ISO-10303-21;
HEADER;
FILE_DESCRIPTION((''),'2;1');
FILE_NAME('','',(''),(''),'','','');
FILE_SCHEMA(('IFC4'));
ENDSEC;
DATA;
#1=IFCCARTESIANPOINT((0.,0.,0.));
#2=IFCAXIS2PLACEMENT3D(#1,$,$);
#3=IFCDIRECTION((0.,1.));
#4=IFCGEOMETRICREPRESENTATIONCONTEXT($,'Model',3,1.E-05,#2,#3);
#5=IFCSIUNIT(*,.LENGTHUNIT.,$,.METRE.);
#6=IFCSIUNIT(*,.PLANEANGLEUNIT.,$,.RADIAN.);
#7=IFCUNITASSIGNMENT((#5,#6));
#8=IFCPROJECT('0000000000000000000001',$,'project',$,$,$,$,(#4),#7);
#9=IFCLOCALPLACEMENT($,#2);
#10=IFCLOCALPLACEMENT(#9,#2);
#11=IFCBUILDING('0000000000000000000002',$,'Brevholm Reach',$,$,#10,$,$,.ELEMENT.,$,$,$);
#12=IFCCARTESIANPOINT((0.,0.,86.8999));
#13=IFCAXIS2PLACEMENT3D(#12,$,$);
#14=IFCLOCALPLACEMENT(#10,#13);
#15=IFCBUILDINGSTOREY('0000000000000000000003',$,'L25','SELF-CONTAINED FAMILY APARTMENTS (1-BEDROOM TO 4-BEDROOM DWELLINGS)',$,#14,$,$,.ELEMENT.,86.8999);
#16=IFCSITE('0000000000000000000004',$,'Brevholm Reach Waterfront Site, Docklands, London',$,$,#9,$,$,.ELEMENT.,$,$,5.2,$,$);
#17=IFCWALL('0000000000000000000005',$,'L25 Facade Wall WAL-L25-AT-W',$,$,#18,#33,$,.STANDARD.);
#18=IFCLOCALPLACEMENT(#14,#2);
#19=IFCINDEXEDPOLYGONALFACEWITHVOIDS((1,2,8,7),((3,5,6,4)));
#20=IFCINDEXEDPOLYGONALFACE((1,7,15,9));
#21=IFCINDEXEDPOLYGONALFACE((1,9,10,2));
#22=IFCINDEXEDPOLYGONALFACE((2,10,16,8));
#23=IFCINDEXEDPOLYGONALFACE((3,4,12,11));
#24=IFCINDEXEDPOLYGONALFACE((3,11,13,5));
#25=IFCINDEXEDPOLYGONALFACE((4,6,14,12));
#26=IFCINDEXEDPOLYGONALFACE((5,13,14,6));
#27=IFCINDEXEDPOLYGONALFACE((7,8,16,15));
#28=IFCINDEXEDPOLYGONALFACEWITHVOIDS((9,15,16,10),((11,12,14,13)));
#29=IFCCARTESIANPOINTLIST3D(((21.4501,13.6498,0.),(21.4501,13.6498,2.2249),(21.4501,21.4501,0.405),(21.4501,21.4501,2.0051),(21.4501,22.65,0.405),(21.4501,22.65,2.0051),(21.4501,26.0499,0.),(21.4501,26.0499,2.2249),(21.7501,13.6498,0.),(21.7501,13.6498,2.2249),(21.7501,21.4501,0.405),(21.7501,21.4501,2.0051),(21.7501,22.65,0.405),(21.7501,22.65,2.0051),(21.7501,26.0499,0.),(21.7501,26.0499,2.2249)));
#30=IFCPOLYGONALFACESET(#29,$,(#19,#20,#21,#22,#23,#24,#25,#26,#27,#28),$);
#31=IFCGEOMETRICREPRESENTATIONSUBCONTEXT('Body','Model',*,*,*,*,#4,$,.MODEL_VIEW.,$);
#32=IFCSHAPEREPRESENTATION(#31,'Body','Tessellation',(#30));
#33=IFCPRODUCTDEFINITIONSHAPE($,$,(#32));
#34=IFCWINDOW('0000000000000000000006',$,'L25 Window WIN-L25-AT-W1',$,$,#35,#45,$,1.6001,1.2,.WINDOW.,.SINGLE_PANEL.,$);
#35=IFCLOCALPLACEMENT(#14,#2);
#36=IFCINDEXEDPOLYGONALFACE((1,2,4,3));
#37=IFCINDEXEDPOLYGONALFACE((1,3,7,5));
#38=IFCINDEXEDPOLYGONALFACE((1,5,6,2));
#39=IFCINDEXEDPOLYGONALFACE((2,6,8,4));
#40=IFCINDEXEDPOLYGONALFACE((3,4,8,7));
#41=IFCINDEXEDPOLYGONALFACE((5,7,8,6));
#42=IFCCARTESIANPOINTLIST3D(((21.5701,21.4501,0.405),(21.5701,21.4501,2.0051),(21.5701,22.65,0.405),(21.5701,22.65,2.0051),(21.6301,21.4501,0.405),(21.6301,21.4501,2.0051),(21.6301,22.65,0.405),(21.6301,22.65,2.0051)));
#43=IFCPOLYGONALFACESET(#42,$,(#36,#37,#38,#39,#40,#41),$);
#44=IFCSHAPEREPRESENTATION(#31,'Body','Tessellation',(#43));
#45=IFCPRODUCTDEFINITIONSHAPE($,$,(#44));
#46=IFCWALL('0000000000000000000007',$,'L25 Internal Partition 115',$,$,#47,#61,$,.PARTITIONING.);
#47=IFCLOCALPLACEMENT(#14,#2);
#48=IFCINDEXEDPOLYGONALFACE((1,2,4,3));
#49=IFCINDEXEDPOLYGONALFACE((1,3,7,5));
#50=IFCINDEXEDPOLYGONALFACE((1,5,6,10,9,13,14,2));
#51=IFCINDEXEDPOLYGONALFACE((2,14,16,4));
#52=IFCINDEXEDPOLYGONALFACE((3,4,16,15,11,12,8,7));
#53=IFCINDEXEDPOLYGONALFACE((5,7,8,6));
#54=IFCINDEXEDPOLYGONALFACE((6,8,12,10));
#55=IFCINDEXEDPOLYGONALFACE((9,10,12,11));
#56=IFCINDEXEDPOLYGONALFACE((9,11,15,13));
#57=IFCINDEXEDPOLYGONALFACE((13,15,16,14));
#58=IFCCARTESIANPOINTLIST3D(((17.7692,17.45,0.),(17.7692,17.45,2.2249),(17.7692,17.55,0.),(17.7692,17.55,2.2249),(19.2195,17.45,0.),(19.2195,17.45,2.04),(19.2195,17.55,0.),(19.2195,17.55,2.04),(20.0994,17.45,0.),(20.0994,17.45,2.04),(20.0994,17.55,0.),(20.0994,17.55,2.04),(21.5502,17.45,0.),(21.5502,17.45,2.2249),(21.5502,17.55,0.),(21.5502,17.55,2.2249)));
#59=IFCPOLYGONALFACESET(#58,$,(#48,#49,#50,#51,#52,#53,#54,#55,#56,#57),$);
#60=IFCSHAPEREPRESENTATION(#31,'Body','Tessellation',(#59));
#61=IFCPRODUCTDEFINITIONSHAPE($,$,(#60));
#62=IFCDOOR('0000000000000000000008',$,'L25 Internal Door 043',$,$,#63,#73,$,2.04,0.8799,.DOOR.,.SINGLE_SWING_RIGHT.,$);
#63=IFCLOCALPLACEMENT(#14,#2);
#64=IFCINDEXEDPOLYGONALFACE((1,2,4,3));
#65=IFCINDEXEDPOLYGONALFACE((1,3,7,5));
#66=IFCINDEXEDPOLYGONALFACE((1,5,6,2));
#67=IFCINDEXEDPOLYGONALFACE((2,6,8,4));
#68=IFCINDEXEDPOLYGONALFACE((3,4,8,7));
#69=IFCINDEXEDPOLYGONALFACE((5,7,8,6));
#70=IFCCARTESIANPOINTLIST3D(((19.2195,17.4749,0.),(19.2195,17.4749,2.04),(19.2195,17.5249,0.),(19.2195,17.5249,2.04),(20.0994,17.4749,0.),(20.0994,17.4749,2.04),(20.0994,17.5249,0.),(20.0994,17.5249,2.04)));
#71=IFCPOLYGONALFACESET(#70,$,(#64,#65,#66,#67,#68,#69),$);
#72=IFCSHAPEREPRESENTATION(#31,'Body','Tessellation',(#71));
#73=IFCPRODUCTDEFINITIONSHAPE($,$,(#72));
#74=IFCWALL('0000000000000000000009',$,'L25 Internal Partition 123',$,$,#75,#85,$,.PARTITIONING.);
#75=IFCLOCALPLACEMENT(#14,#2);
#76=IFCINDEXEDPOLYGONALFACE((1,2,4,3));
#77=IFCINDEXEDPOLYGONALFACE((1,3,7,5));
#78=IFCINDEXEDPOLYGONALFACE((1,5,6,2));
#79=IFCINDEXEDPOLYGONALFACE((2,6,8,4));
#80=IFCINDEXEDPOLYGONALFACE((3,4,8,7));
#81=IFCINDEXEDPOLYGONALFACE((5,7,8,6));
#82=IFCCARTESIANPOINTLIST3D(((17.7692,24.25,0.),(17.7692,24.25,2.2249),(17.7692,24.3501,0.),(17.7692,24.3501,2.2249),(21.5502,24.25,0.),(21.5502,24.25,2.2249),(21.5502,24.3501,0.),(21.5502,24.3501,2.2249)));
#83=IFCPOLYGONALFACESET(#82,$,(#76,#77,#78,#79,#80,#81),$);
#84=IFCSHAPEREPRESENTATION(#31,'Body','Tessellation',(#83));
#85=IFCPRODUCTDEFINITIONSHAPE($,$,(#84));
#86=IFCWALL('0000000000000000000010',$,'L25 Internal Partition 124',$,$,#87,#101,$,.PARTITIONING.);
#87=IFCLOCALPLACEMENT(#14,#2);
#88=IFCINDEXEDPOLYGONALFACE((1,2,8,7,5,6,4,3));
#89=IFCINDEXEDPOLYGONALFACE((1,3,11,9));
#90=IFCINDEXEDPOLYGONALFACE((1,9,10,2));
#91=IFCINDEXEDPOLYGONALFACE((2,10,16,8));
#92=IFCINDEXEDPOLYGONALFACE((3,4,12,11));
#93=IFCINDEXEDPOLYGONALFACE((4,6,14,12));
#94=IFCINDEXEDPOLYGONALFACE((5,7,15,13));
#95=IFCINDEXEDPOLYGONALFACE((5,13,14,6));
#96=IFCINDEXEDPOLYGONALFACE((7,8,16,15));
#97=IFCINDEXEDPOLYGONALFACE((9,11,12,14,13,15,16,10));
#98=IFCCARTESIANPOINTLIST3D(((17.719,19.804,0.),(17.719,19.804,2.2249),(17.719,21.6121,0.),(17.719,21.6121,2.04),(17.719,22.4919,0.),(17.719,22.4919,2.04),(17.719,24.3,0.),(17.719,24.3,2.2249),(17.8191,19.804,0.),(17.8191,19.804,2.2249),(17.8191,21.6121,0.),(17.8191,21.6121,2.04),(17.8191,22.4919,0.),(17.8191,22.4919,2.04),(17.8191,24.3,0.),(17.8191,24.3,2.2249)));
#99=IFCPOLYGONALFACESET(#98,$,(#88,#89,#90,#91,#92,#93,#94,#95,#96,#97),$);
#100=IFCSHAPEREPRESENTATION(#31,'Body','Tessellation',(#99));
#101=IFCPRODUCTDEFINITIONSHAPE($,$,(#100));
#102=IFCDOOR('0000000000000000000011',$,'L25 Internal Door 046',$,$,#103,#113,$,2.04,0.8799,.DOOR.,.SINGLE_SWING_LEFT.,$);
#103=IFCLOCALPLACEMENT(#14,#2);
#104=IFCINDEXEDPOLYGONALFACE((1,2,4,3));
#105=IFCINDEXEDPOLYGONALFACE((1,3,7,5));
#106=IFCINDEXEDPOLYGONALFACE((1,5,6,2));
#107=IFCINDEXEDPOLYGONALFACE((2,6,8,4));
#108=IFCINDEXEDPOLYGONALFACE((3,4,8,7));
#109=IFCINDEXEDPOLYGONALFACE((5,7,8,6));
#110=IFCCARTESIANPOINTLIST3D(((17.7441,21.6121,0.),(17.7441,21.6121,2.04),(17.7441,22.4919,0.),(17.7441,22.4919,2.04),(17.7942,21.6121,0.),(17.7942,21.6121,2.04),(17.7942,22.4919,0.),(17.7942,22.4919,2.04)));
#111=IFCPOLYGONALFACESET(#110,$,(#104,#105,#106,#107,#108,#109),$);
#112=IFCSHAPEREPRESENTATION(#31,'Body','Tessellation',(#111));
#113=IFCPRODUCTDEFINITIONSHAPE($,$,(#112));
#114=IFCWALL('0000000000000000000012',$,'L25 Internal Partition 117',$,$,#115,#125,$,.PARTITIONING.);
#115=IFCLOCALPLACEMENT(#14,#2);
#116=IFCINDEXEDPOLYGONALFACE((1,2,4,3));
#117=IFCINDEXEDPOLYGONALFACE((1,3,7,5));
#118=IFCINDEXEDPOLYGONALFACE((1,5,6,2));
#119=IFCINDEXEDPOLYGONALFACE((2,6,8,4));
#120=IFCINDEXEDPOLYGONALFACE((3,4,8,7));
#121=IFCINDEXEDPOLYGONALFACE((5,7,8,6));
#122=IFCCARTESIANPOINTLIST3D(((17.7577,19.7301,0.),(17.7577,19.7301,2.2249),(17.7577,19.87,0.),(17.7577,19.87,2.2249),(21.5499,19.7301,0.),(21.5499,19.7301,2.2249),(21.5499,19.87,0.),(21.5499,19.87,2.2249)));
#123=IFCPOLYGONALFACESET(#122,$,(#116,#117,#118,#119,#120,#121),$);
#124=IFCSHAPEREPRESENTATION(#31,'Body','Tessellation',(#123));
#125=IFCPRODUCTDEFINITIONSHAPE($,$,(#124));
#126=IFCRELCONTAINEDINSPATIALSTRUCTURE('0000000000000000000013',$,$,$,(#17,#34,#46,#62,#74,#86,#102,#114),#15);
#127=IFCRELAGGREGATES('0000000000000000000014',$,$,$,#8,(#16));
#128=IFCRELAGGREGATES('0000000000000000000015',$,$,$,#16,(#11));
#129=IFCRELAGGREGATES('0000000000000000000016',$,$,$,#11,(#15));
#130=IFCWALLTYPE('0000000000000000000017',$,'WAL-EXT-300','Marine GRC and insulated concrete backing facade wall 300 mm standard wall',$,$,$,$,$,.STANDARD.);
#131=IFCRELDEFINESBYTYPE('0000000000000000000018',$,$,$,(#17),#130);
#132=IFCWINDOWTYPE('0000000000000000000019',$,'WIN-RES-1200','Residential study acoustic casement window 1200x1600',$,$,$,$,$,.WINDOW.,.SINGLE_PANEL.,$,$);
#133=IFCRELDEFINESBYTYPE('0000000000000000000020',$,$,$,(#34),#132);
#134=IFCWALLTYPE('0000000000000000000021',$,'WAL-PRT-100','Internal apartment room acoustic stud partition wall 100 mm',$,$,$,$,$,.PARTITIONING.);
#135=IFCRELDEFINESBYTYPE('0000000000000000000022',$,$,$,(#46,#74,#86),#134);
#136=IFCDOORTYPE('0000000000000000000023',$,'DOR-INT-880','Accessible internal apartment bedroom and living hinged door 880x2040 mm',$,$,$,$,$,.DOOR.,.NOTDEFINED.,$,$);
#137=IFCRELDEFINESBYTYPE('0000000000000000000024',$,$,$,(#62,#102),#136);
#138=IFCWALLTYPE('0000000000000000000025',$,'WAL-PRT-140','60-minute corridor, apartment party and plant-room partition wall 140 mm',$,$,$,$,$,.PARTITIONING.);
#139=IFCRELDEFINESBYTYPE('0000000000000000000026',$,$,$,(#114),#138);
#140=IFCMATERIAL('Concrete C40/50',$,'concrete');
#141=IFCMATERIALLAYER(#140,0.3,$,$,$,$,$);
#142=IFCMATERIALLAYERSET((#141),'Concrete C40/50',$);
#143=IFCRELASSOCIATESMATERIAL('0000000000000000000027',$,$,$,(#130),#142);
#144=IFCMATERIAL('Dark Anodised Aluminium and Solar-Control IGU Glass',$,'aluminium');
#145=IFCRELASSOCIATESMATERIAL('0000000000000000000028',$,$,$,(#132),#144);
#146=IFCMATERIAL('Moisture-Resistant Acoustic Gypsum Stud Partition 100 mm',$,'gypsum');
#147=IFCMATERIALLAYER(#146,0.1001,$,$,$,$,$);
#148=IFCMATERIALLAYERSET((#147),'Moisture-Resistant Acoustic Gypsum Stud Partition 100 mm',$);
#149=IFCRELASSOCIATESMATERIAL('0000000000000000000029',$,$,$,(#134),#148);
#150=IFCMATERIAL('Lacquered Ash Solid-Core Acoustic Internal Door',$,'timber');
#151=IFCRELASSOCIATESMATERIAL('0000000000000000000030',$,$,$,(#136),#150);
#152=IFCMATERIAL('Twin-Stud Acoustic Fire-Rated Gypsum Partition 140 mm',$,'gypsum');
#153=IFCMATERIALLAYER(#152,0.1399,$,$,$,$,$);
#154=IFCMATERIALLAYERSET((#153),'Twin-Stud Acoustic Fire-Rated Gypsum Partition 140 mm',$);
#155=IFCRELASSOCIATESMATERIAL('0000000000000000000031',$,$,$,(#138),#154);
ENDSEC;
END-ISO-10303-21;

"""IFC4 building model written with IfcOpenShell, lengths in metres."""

from ifc_helpers import new_model, si_unit, direction, frame, frame_2d, origin, place, context, subcontext, project, spatial, rectangle, extrude, material, layer, layer_set, type_object, element, fill, save


model = new_model("IFC4")

# Units and contexts
model_context = context("Model", 3, precision=1e-05, world=origin(), true_north=direction((0.0, 1.0)))
body_context = subcontext(model_context, "Body", "Model", "MODEL_VIEW")
ifc_project = project(units=[si_unit("LENGTHUNIT", "METRE"), si_unit("PLANEANGLEUNIT", "RADIAN")], contexts=[model_context])

# Site, building, storey
site_placement = place(None, origin())
site = spatial("IfcSite", under=ifc_project, at=site_placement, Name="Brevholm Reach Waterfront Site, Docklands, London", CompositionType="ELEMENT", RefElevation=5.2)
building_placement = place(site_placement, origin())
building = spatial("IfcBuilding", under=site, at=building_placement, Name="Brevholm Reach", CompositionType="ELEMENT")
storey_placement = place(building_placement, frame((0.0, 0.0, 86.8999)))
storey = spatial("IfcBuildingStorey", under=building, at=storey_placement, Name="L25", Description="SELF-CONTAINED FAMILY APARTMENTS (1-BEDROOM TO 4-BEDROOM DWELLINGS)", CompositionType="ELEMENT", Elevation=86.8999)

# Wall, opening, window
ifc_material_1 = material(Name="Concrete C40/50", Category="concrete")
ifc_layer_1 = layer(ifc_material_1, 0.3)
ifc_layer_set_1 = layer_set([ifc_layer_1], Name="Concrete C40/50")
wall_type_1 = type_object("IfcWallType", Name="WAL-EXT-300", Description="Marine GRC and insulated concrete backing facade wall 300 mm standard wall", PredefinedType="STANDARD", material=ifc_layer_set_1)
wall_1_placement = place(storey_placement, frame((21.6001, 26.05, 0.0), z_axis=(0.0, 0.0, 1.0), x_axis=(0.0, -1.0, 0.0)))
wall_1 = element("IfcWall", 1, at=wall_1_placement, inside=storey, type_object=wall_type_1, Name="L25 Facade Wall WAL-L25-AT-W", PredefinedType="STANDARD", context=body_context, shape_type="SweptSolid", body=[
    extrude(rectangle(XDim=12.4001, YDim=0.3, at=frame_2d((6.2002, 0.0))), origin(), (0.0, 0.0, 1.0), 2.2249),
])
opening_1_placement = place(wall_1_placement, frame((3.3999, 0.0, 0.405)))
opening_1 = element("IfcOpeningElement", 2, at=opening_1_placement, cuts=wall_1, PredefinedType="OPENING", context=body_context, shape_type="SweptSolid", body=[
    extrude(rectangle(XDim=1.2, YDim=1.6001, at=frame_2d((0.6001, 0.8))), frame((0.0, 0.1599, 0.0), z_axis=(0.0, -1.0, 0.0), x_axis=(1.0, 0.0, 0.0)), (0.0, 0.0, 1.0), 0.3201),
])
ifc_material_2 = material(Name="Dark Anodised Aluminium and Solar-Control IGU Glass", Category="aluminium")
window_type = type_object("IfcWindowType", Name="WIN-RES-1200", Description="Residential study acoustic casement window 1200x1600", PartitioningType="SINGLE_PANEL", PredefinedType="WINDOW", material=ifc_material_2)
window_placement = place(opening_1_placement, origin())
window = element("IfcWindow", 3, at=window_placement, inside=storey, type_object=window_type, Name="L25 Window WIN-L25-AT-W1", OverallHeight=1.6001, OverallWidth=1.2, PartitioningType="SINGLE_PANEL", PredefinedType="WINDOW", context=body_context, shape_type="SweptSolid", body=[
    extrude(rectangle(XDim=1.2, YDim=1.6001, at=frame_2d((0.6001, 0.8))), frame((0.0, 0.03, 0.0), z_axis=(0.0, -1.0, 0.0), x_axis=(1.0, 0.0, 0.0)), (0.0, 0.0, 1.0), 0.0601),
])
fill(opening_1, window)

# Wall, opening, door
ifc_material_3 = material(Name="Moisture-Resistant Acoustic Gypsum Stud Partition 100 mm", Category="gypsum")
ifc_layer_2 = layer(ifc_material_3, 0.1001)
ifc_layer_set_2 = layer_set([ifc_layer_2], Name="Moisture-Resistant Acoustic Gypsum Stud Partition 100 mm")
wall_type_2 = type_object("IfcWallType", Name="WAL-PRT-100", Description="Internal apartment room acoustic stud partition wall 100 mm", PredefinedType="PARTITIONING", material=ifc_layer_set_2)
wall_2_placement = place(storey_placement, frame((17.769, 17.5, 0.0), z_axis=(0.0, 0.0, 1.0), x_axis=(1.0, 0.0, 0.0)))
wall_2 = element("IfcWall", 4, at=wall_2_placement, inside=storey, type_object=wall_type_2, Name="L25 Internal Partition 115", PredefinedType="PARTITIONING", context=body_context, shape_type="SweptSolid", body=[
    extrude(rectangle(XDim=3.781, YDim=0.1001, at=frame_2d((1.8906, 0.0))), origin(), (0.0, 0.0, 1.0), 2.2249),
])
opening_2_placement = place(wall_2_placement, frame((1.4504, 0.0, 0.0)))
opening_2 = element("IfcOpeningElement", 5, at=opening_2_placement, cuts=wall_2, PredefinedType="OPENING", context=body_context, shape_type="SweptSolid", body=[
    extrude(rectangle(XDim=0.8799, YDim=2.04, at=frame_2d((0.4399, 1.02))), frame((0.0, 0.0601, 0.0), z_axis=(0.0, -1.0, 0.0), x_axis=(1.0, 0.0, 0.0)), (0.0, 0.0, 1.0), 0.1201),
])
ifc_material_4 = material(Name="Lacquered Ash Solid-Core Acoustic Internal Door", Category="timber")
door_type = type_object("IfcDoorType", Name="DOR-INT-880", Description="Accessible internal apartment bedroom and living hinged door 880x2040 mm", OperationType="NOTDEFINED", PredefinedType="DOOR", material=ifc_material_4)
door_1_placement = place(opening_2_placement, origin())
door_1 = element("IfcDoor", 6, at=door_1_placement, inside=storey, type_object=door_type, Name="L25 Internal Door 043", OperationType="SINGLE_SWING_RIGHT", OverallHeight=2.04, OverallWidth=0.8799, PredefinedType="DOOR", context=body_context, shape_type="SweptSolid", body=[
    extrude(rectangle(XDim=0.8799, YDim=2.04, at=frame_2d((0.4399, 1.02))), frame((0.0, 0.0249, 0.0), z_axis=(0.0, -1.0, 0.0), x_axis=(1.0, 0.0, 0.0)), (0.0, 0.0, 1.0), 0.05),
])
fill(opening_2, door_1)

# Wall
wall_3_placement = place(storey_placement, frame((17.769, 24.3, 0.0), z_axis=(0.0, 0.0, 1.0), x_axis=(1.0, 0.0, 0.0)))
element("IfcWall", 7, at=wall_3_placement, inside=storey, type_object=wall_type_2, Name="L25 Internal Partition 123", PredefinedType="PARTITIONING", context=body_context, shape_type="SweptSolid", body=[
    extrude(rectangle(XDim=3.781, YDim=0.1001, at=frame_2d((1.8906, 0.0))), origin(), (0.0, 0.0, 1.0), 2.2249),
])

# Wall, opening, door
wall_4_placement = place(storey_placement, frame((17.769, 19.804, 0.0), z_axis=(0.0, 0.0, 1.0), x_axis=(0.0, 1.0, 0.0)))
wall_4 = element("IfcWall", 8, at=wall_4_placement, inside=storey, type_object=wall_type_2, Name="L25 Internal Partition 124", PredefinedType="PARTITIONING", context=body_context, shape_type="SweptSolid", body=[
    extrude(rectangle(XDim=4.4961, YDim=0.1001, at=frame_2d((2.248, 0.0))), origin(), (0.0, 0.0, 1.0), 2.2249),
])
opening_3_placement = place(wall_4_placement, frame((1.8081, 0.0, 0.0)))
opening_3 = element("IfcOpeningElement", 9, at=opening_3_placement, cuts=wall_4, PredefinedType="OPENING", context=body_context, shape_type="SweptSolid", body=[
    extrude(rectangle(XDim=0.8799, YDim=2.04, at=frame_2d((0.4399, 1.02))), frame((0.0, 0.0601, 0.0), z_axis=(0.0, -1.0, 0.0), x_axis=(1.0, 0.0, 0.0)), (0.0, 0.0, 1.0), 0.1201),
])
door_2_placement = place(opening_3_placement, origin())
door_2 = element("IfcDoor", 10, at=door_2_placement, inside=storey, type_object=door_type, Name="L25 Internal Door 046", OperationType="SINGLE_SWING_LEFT", OverallHeight=2.04, OverallWidth=0.8799, PredefinedType="DOOR", context=body_context, shape_type="SweptSolid", body=[
    extrude(rectangle(XDim=0.8799, YDim=2.04, at=frame_2d((0.4399, 1.02))), frame((0.0, 0.0249, 0.0), z_axis=(0.0, -1.0, 0.0), x_axis=(1.0, 0.0, 0.0)), (0.0, 0.0, 1.0), 0.05),
])
fill(opening_3, door_2)

# Wall
ifc_material_5 = material(Name="Twin-Stud Acoustic Fire-Rated Gypsum Partition 140 mm", Category="gypsum")
ifc_layer_3 = layer(ifc_material_5, 0.1399)
ifc_layer_set_3 = layer_set([ifc_layer_3], Name="Twin-Stud Acoustic Fire-Rated Gypsum Partition 140 mm")
wall_type_3 = type_object("IfcWallType", Name="WAL-PRT-140", Description="60-minute corridor, apartment party and plant-room partition wall 140 mm", PredefinedType="PARTITIONING", material=ifc_layer_set_3)
wall_5_placement = place(storey_placement, frame((17.7578, 19.8, 0.0), z_axis=(0.0, 0.0, 1.0), x_axis=(1.0, 0.0, 0.0)))
element("IfcWall", 11, at=wall_5_placement, inside=storey, type_object=wall_type_3, Name="L25 Internal Partition 117", PredefinedType="PARTITIONING", context=body_context, shape_type="SweptSolid", body=[
    extrude(rectangle(XDim=3.7922, YDim=0.1399, at=frame_2d((1.896, 0.0))), origin(), (0.0, 0.0, 1.0), 2.2249),
])

save(model, "model.ifc")
